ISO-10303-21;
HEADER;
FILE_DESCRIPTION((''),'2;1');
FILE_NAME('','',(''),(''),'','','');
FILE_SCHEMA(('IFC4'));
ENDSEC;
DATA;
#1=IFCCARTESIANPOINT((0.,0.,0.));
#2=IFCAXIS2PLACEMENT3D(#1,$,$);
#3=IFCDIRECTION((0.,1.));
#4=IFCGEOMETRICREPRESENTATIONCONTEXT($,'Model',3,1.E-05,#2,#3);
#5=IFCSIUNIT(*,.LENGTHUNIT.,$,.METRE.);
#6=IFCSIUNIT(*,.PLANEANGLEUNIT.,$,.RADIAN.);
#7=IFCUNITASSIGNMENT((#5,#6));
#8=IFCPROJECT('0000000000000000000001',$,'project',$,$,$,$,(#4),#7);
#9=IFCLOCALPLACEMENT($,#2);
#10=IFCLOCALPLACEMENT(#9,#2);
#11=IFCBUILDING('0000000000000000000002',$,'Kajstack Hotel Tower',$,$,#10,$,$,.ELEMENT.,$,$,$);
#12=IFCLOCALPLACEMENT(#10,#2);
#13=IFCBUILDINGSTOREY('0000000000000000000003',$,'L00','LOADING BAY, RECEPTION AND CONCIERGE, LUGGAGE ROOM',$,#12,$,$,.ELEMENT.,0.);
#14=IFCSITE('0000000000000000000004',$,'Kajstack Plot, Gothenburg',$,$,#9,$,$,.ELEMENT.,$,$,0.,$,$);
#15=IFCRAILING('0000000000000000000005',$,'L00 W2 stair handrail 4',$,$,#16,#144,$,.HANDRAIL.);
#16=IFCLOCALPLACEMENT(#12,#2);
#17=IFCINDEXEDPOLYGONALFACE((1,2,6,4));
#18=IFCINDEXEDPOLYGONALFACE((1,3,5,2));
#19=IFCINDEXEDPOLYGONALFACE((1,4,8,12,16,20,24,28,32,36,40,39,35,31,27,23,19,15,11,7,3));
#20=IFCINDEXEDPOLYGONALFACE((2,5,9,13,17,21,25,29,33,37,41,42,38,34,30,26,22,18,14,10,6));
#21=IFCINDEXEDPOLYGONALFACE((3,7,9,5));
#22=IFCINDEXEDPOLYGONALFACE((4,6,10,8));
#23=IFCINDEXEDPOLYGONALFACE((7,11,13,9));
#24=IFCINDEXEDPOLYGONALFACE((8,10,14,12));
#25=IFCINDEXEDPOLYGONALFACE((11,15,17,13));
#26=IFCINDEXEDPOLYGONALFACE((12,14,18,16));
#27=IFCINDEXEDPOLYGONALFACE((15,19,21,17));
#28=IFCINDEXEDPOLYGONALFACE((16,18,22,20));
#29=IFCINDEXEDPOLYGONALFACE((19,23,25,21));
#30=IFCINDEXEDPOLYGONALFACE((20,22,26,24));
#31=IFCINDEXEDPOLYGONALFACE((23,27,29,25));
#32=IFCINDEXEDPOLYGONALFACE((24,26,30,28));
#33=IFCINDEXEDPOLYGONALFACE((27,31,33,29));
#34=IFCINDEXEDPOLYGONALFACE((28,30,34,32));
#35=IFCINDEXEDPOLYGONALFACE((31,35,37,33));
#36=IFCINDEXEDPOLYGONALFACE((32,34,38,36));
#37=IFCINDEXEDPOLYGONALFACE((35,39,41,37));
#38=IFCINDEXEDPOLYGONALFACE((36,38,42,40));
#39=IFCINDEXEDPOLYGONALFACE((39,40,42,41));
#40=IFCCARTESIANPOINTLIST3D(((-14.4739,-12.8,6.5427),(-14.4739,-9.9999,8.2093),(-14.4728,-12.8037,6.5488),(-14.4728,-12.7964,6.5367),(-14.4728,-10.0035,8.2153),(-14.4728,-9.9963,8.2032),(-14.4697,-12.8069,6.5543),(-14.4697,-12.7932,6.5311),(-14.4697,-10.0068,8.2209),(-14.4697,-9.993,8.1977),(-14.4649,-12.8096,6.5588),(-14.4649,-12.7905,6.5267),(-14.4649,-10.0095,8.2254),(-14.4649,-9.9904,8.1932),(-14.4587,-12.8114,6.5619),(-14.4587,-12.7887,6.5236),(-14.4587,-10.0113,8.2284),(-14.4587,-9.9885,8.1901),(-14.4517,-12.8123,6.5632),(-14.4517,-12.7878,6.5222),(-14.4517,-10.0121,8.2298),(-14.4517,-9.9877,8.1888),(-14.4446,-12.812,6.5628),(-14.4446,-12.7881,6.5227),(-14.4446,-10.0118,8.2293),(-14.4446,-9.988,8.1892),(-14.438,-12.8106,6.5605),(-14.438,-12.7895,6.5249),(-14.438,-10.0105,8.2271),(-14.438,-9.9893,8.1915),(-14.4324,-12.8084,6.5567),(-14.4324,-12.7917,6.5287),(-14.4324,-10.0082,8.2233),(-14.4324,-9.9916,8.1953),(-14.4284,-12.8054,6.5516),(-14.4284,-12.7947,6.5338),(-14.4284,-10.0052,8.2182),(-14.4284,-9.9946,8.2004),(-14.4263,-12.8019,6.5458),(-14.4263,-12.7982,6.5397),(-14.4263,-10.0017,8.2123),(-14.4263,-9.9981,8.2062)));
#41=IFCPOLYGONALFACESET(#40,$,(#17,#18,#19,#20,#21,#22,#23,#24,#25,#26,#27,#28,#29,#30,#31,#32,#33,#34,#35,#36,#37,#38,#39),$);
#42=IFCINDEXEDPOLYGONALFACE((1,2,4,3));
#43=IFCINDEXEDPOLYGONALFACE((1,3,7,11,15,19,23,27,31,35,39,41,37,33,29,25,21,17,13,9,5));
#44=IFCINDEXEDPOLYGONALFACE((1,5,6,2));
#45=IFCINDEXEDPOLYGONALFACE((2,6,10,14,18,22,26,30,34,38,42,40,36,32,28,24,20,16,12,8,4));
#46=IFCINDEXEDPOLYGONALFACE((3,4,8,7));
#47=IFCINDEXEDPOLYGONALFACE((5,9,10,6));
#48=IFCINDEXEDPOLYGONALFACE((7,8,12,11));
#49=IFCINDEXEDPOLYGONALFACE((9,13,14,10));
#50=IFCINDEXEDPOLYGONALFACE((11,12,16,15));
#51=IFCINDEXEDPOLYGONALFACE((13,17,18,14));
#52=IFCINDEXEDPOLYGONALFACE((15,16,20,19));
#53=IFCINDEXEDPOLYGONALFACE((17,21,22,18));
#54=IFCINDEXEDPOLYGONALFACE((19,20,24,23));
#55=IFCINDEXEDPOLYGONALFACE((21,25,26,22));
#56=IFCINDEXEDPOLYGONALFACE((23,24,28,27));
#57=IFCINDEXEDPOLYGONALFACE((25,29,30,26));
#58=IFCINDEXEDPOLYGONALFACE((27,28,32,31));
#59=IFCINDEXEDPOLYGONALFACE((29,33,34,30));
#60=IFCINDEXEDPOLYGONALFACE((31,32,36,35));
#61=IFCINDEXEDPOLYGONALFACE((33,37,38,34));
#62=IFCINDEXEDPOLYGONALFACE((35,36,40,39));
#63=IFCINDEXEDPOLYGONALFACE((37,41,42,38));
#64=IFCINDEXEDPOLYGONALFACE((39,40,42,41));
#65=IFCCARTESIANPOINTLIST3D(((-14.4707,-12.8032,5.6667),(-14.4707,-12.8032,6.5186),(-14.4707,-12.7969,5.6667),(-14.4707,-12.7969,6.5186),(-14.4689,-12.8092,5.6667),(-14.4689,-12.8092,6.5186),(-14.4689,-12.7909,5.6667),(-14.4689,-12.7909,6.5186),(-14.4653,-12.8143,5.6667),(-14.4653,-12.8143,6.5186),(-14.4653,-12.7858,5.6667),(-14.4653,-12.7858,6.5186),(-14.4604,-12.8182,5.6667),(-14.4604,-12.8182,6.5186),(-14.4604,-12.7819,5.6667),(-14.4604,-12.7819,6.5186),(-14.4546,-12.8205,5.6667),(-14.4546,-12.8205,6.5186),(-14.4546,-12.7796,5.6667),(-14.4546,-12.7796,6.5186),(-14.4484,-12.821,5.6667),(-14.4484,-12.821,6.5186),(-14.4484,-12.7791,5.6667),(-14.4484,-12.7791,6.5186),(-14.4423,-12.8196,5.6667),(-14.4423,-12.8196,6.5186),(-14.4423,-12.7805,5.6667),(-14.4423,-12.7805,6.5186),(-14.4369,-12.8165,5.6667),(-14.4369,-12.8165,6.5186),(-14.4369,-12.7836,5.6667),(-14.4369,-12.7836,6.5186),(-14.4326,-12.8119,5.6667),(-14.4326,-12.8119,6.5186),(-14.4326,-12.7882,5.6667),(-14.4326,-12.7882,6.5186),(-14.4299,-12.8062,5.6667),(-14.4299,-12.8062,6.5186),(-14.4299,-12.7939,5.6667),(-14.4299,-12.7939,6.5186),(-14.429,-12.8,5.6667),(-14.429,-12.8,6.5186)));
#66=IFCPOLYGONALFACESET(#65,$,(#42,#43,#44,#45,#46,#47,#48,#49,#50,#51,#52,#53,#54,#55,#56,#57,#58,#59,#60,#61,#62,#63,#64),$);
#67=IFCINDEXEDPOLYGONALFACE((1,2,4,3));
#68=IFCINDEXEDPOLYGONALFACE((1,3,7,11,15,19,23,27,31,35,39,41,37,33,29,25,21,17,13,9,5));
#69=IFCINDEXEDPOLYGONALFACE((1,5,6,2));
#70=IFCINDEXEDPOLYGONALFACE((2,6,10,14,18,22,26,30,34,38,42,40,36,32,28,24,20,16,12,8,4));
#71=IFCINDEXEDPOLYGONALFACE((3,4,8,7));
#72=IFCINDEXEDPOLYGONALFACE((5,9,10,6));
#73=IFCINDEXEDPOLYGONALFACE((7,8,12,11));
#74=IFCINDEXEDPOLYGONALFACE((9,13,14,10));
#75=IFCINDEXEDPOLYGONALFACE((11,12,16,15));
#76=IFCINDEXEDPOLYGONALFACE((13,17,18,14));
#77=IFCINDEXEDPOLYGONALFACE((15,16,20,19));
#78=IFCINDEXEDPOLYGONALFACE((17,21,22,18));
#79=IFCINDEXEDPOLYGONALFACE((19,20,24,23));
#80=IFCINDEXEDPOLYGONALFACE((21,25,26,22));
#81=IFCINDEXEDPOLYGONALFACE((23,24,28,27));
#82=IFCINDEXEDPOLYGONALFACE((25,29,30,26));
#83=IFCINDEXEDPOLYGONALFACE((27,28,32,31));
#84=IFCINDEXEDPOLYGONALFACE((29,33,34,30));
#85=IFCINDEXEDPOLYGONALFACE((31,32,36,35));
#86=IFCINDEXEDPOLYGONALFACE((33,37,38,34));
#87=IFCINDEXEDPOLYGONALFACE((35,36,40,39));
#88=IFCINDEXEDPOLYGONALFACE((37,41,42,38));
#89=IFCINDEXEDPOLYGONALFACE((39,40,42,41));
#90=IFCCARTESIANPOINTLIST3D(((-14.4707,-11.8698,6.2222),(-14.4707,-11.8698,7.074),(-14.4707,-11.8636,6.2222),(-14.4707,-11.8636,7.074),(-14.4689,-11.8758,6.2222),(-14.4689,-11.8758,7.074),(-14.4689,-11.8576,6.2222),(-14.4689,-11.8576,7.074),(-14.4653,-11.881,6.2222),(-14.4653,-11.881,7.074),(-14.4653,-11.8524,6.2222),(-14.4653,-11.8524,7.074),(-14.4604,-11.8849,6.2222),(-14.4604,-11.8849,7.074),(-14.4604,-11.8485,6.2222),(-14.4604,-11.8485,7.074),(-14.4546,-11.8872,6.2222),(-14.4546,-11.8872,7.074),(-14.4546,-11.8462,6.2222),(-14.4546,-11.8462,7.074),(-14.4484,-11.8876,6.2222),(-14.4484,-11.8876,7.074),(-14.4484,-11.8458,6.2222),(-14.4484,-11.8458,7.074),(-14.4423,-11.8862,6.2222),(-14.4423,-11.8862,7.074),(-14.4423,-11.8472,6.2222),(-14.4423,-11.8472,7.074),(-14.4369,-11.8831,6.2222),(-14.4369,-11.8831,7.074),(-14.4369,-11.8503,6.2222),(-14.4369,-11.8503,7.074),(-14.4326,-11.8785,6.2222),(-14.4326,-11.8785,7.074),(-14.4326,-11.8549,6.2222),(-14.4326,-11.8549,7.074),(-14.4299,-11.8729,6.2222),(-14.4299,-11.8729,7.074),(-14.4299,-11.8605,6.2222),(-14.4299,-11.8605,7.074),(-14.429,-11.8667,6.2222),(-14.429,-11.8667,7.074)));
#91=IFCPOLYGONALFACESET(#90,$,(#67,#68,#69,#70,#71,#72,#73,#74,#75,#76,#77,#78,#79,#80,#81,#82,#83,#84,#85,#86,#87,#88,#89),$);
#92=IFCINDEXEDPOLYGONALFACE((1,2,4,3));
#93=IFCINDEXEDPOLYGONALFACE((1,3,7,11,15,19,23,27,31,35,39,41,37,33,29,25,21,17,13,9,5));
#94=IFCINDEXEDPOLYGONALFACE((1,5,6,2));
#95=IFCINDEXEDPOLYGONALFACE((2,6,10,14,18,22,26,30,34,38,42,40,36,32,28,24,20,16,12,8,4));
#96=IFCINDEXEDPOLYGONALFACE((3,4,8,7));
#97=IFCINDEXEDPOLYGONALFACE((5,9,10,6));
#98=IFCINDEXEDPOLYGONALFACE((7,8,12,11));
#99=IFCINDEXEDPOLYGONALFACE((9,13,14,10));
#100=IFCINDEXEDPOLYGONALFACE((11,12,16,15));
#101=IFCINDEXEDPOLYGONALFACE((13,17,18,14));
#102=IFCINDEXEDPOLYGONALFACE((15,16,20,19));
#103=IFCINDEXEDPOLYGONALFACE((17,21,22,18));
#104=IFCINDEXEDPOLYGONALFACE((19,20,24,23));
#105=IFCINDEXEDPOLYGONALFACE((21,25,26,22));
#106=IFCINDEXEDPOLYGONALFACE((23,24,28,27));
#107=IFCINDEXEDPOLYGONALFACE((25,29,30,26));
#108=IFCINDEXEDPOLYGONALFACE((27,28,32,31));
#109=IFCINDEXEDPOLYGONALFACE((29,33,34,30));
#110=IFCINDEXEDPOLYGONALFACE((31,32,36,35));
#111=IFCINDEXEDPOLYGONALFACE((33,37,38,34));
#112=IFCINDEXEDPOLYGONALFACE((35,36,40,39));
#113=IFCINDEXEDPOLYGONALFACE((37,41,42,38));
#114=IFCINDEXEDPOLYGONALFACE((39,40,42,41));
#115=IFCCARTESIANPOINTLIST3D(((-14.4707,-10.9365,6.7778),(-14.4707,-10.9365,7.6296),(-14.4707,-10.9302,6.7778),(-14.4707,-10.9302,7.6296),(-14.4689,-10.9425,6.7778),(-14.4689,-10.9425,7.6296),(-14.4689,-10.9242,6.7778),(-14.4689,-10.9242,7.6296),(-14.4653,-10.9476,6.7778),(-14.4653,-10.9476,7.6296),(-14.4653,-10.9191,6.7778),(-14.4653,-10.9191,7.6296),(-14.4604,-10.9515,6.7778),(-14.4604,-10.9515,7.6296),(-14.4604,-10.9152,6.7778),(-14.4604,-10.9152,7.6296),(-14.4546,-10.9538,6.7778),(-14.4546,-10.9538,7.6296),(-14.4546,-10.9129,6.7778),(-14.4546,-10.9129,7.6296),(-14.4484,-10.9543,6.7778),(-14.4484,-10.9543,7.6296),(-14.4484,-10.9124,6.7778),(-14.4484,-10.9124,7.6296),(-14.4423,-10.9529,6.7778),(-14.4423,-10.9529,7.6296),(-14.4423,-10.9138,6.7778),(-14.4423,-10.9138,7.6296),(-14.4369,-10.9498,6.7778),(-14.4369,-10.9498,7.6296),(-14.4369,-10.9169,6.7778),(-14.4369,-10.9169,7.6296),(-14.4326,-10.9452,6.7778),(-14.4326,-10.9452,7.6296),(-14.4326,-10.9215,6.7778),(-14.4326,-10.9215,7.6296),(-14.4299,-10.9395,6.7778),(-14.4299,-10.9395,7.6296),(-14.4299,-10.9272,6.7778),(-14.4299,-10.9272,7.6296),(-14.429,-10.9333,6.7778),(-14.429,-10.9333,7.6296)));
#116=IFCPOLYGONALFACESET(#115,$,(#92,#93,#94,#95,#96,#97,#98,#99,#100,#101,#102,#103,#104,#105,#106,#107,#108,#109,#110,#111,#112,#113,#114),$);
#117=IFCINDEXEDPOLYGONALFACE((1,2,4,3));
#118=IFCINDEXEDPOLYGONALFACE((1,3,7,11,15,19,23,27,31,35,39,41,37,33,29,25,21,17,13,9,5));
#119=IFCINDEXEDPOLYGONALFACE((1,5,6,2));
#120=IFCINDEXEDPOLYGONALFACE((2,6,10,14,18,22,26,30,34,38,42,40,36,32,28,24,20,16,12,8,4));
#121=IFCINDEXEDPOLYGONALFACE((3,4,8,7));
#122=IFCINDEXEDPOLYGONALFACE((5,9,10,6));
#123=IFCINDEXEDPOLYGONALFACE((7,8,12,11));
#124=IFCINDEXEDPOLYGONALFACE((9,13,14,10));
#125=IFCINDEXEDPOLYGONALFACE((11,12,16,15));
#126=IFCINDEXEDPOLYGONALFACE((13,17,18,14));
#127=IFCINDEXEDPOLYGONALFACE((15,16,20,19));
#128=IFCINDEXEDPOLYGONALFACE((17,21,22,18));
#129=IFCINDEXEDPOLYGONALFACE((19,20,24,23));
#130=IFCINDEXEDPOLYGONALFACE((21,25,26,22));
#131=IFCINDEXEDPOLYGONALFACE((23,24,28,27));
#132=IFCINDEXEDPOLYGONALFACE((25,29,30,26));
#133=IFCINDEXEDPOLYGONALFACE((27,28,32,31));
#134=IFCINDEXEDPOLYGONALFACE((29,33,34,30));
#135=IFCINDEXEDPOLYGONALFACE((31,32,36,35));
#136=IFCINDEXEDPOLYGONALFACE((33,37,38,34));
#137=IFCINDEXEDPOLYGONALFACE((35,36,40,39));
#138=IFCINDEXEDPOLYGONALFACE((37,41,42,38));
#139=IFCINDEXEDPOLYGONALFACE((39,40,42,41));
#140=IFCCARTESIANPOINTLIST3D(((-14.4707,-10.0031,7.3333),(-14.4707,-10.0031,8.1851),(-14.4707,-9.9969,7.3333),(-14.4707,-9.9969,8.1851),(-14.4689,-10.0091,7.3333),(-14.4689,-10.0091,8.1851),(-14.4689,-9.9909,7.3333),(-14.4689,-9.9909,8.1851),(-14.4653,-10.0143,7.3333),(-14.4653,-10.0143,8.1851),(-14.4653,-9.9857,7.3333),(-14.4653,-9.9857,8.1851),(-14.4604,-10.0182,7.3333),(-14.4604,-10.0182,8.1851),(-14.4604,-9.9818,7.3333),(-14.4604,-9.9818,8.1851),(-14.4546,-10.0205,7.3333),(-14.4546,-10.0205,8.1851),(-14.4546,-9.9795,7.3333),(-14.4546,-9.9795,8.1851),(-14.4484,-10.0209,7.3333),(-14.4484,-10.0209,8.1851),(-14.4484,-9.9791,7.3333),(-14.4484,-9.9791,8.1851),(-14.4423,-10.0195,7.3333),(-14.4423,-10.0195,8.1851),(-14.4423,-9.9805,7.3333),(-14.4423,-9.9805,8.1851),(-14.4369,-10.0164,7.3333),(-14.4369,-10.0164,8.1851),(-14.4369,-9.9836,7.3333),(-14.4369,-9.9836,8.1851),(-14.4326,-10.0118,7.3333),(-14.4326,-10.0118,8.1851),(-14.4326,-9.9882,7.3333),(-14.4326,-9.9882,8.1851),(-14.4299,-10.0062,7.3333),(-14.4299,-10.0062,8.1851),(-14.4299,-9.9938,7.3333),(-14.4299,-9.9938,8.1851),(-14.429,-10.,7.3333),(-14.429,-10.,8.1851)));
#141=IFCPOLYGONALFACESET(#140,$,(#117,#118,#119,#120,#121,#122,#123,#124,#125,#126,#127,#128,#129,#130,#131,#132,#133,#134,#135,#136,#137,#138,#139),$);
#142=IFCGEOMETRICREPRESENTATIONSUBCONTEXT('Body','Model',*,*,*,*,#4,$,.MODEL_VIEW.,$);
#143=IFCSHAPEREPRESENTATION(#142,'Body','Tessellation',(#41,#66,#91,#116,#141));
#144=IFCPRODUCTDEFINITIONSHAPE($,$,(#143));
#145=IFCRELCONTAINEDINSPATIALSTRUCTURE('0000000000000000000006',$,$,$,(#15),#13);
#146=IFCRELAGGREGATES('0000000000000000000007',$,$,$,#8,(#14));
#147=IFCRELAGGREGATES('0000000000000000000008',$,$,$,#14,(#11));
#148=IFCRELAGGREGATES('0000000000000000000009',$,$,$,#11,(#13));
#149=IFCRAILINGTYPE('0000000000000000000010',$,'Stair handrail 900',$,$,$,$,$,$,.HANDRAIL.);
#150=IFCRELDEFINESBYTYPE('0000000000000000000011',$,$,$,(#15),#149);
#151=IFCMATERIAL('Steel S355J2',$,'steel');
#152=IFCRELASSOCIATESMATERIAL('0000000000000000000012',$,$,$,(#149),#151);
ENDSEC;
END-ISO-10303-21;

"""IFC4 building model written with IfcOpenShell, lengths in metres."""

from ifc_helpers import new_model, si_unit, direction, frame, origin, origin_2d, place, context, subcontext, project, spatial, circle, extrude, material, type_object, element, save


model = new_model("IFC4")

# Units and contexts
model_context = context("Model", 3, precision=1e-05, world=origin(), true_north=direction((0.0, 1.0)))
body_context = subcontext(model_context, "Body", "Model", "MODEL_VIEW")
ifc_project = project(units=[si_unit("LENGTHUNIT", "METRE"), si_unit("PLANEANGLEUNIT", "RADIAN")], contexts=[model_context])

# Site, building, storey
site_placement = place(None, origin())
site = spatial("IfcSite", under=ifc_project, at=site_placement, Name="Kajstack Plot, Gothenburg", CompositionType="ELEMENT", RefElevation=0.0)
building_placement = place(site_placement, origin())
building = spatial("IfcBuilding", under=site, at=building_placement, Name="Kajstack Hotel Tower", CompositionType="ELEMENT")
storey_placement = place(building_placement, origin())
storey = spatial("IfcBuildingStorey", under=building, at=storey_placement, Name="L00", Description="LOADING BAY, RECEPTION AND CONCIERGE, LUGGAGE ROOM", CompositionType="ELEMENT", Elevation=0.0)

# Railing
ifc_material_1 = material(Name="Steel S355J2", Category="steel")
railing_type = type_object("IfcRailingType", Name="Stair handrail 900", PredefinedType="HANDRAIL", material=ifc_material_1)
railing_1_placement = place(storey_placement, frame((-14.45, -12.8, 5.6667)))
element("IfcRailing", 1, at=railing_1_placement, inside=storey, type_object=railing_type, Name="L00 W2 stair handrail 4", PredefinedType="HANDRAIL", context=body_context, shape_type="SweptSolid", body=[
    extrude(circle(Radius=0.0239, at=origin_2d()), frame((0.0, 0.0, 0.876), z_axis=(0.0, 0.859319, 0.51144), x_axis=(-1.0, 0.0, 0.0)), (0.0, 0.0, 1.0), 3.2585),
    extrude(circle(Radius=0.021, at=origin_2d()), origin(), (0.0, 0.0, 1.0), 0.8518),
    extrude(circle(Radius=0.021, at=origin_2d()), frame((0.0, 0.9333, 0.5554)), (0.0, 0.0, 1.0), 0.8518),
    extrude(circle(Radius=0.021, at=origin_2d()), frame((0.0, 1.8667, 1.1111)), (0.0, 0.0, 1.0), 0.8518),
    extrude(circle(Radius=0.021, at=origin_2d()), frame((0.0, 2.8, 1.6665)), (0.0, 0.0, 1.0), 0.8518),
])

save(model, "model.ifc")
